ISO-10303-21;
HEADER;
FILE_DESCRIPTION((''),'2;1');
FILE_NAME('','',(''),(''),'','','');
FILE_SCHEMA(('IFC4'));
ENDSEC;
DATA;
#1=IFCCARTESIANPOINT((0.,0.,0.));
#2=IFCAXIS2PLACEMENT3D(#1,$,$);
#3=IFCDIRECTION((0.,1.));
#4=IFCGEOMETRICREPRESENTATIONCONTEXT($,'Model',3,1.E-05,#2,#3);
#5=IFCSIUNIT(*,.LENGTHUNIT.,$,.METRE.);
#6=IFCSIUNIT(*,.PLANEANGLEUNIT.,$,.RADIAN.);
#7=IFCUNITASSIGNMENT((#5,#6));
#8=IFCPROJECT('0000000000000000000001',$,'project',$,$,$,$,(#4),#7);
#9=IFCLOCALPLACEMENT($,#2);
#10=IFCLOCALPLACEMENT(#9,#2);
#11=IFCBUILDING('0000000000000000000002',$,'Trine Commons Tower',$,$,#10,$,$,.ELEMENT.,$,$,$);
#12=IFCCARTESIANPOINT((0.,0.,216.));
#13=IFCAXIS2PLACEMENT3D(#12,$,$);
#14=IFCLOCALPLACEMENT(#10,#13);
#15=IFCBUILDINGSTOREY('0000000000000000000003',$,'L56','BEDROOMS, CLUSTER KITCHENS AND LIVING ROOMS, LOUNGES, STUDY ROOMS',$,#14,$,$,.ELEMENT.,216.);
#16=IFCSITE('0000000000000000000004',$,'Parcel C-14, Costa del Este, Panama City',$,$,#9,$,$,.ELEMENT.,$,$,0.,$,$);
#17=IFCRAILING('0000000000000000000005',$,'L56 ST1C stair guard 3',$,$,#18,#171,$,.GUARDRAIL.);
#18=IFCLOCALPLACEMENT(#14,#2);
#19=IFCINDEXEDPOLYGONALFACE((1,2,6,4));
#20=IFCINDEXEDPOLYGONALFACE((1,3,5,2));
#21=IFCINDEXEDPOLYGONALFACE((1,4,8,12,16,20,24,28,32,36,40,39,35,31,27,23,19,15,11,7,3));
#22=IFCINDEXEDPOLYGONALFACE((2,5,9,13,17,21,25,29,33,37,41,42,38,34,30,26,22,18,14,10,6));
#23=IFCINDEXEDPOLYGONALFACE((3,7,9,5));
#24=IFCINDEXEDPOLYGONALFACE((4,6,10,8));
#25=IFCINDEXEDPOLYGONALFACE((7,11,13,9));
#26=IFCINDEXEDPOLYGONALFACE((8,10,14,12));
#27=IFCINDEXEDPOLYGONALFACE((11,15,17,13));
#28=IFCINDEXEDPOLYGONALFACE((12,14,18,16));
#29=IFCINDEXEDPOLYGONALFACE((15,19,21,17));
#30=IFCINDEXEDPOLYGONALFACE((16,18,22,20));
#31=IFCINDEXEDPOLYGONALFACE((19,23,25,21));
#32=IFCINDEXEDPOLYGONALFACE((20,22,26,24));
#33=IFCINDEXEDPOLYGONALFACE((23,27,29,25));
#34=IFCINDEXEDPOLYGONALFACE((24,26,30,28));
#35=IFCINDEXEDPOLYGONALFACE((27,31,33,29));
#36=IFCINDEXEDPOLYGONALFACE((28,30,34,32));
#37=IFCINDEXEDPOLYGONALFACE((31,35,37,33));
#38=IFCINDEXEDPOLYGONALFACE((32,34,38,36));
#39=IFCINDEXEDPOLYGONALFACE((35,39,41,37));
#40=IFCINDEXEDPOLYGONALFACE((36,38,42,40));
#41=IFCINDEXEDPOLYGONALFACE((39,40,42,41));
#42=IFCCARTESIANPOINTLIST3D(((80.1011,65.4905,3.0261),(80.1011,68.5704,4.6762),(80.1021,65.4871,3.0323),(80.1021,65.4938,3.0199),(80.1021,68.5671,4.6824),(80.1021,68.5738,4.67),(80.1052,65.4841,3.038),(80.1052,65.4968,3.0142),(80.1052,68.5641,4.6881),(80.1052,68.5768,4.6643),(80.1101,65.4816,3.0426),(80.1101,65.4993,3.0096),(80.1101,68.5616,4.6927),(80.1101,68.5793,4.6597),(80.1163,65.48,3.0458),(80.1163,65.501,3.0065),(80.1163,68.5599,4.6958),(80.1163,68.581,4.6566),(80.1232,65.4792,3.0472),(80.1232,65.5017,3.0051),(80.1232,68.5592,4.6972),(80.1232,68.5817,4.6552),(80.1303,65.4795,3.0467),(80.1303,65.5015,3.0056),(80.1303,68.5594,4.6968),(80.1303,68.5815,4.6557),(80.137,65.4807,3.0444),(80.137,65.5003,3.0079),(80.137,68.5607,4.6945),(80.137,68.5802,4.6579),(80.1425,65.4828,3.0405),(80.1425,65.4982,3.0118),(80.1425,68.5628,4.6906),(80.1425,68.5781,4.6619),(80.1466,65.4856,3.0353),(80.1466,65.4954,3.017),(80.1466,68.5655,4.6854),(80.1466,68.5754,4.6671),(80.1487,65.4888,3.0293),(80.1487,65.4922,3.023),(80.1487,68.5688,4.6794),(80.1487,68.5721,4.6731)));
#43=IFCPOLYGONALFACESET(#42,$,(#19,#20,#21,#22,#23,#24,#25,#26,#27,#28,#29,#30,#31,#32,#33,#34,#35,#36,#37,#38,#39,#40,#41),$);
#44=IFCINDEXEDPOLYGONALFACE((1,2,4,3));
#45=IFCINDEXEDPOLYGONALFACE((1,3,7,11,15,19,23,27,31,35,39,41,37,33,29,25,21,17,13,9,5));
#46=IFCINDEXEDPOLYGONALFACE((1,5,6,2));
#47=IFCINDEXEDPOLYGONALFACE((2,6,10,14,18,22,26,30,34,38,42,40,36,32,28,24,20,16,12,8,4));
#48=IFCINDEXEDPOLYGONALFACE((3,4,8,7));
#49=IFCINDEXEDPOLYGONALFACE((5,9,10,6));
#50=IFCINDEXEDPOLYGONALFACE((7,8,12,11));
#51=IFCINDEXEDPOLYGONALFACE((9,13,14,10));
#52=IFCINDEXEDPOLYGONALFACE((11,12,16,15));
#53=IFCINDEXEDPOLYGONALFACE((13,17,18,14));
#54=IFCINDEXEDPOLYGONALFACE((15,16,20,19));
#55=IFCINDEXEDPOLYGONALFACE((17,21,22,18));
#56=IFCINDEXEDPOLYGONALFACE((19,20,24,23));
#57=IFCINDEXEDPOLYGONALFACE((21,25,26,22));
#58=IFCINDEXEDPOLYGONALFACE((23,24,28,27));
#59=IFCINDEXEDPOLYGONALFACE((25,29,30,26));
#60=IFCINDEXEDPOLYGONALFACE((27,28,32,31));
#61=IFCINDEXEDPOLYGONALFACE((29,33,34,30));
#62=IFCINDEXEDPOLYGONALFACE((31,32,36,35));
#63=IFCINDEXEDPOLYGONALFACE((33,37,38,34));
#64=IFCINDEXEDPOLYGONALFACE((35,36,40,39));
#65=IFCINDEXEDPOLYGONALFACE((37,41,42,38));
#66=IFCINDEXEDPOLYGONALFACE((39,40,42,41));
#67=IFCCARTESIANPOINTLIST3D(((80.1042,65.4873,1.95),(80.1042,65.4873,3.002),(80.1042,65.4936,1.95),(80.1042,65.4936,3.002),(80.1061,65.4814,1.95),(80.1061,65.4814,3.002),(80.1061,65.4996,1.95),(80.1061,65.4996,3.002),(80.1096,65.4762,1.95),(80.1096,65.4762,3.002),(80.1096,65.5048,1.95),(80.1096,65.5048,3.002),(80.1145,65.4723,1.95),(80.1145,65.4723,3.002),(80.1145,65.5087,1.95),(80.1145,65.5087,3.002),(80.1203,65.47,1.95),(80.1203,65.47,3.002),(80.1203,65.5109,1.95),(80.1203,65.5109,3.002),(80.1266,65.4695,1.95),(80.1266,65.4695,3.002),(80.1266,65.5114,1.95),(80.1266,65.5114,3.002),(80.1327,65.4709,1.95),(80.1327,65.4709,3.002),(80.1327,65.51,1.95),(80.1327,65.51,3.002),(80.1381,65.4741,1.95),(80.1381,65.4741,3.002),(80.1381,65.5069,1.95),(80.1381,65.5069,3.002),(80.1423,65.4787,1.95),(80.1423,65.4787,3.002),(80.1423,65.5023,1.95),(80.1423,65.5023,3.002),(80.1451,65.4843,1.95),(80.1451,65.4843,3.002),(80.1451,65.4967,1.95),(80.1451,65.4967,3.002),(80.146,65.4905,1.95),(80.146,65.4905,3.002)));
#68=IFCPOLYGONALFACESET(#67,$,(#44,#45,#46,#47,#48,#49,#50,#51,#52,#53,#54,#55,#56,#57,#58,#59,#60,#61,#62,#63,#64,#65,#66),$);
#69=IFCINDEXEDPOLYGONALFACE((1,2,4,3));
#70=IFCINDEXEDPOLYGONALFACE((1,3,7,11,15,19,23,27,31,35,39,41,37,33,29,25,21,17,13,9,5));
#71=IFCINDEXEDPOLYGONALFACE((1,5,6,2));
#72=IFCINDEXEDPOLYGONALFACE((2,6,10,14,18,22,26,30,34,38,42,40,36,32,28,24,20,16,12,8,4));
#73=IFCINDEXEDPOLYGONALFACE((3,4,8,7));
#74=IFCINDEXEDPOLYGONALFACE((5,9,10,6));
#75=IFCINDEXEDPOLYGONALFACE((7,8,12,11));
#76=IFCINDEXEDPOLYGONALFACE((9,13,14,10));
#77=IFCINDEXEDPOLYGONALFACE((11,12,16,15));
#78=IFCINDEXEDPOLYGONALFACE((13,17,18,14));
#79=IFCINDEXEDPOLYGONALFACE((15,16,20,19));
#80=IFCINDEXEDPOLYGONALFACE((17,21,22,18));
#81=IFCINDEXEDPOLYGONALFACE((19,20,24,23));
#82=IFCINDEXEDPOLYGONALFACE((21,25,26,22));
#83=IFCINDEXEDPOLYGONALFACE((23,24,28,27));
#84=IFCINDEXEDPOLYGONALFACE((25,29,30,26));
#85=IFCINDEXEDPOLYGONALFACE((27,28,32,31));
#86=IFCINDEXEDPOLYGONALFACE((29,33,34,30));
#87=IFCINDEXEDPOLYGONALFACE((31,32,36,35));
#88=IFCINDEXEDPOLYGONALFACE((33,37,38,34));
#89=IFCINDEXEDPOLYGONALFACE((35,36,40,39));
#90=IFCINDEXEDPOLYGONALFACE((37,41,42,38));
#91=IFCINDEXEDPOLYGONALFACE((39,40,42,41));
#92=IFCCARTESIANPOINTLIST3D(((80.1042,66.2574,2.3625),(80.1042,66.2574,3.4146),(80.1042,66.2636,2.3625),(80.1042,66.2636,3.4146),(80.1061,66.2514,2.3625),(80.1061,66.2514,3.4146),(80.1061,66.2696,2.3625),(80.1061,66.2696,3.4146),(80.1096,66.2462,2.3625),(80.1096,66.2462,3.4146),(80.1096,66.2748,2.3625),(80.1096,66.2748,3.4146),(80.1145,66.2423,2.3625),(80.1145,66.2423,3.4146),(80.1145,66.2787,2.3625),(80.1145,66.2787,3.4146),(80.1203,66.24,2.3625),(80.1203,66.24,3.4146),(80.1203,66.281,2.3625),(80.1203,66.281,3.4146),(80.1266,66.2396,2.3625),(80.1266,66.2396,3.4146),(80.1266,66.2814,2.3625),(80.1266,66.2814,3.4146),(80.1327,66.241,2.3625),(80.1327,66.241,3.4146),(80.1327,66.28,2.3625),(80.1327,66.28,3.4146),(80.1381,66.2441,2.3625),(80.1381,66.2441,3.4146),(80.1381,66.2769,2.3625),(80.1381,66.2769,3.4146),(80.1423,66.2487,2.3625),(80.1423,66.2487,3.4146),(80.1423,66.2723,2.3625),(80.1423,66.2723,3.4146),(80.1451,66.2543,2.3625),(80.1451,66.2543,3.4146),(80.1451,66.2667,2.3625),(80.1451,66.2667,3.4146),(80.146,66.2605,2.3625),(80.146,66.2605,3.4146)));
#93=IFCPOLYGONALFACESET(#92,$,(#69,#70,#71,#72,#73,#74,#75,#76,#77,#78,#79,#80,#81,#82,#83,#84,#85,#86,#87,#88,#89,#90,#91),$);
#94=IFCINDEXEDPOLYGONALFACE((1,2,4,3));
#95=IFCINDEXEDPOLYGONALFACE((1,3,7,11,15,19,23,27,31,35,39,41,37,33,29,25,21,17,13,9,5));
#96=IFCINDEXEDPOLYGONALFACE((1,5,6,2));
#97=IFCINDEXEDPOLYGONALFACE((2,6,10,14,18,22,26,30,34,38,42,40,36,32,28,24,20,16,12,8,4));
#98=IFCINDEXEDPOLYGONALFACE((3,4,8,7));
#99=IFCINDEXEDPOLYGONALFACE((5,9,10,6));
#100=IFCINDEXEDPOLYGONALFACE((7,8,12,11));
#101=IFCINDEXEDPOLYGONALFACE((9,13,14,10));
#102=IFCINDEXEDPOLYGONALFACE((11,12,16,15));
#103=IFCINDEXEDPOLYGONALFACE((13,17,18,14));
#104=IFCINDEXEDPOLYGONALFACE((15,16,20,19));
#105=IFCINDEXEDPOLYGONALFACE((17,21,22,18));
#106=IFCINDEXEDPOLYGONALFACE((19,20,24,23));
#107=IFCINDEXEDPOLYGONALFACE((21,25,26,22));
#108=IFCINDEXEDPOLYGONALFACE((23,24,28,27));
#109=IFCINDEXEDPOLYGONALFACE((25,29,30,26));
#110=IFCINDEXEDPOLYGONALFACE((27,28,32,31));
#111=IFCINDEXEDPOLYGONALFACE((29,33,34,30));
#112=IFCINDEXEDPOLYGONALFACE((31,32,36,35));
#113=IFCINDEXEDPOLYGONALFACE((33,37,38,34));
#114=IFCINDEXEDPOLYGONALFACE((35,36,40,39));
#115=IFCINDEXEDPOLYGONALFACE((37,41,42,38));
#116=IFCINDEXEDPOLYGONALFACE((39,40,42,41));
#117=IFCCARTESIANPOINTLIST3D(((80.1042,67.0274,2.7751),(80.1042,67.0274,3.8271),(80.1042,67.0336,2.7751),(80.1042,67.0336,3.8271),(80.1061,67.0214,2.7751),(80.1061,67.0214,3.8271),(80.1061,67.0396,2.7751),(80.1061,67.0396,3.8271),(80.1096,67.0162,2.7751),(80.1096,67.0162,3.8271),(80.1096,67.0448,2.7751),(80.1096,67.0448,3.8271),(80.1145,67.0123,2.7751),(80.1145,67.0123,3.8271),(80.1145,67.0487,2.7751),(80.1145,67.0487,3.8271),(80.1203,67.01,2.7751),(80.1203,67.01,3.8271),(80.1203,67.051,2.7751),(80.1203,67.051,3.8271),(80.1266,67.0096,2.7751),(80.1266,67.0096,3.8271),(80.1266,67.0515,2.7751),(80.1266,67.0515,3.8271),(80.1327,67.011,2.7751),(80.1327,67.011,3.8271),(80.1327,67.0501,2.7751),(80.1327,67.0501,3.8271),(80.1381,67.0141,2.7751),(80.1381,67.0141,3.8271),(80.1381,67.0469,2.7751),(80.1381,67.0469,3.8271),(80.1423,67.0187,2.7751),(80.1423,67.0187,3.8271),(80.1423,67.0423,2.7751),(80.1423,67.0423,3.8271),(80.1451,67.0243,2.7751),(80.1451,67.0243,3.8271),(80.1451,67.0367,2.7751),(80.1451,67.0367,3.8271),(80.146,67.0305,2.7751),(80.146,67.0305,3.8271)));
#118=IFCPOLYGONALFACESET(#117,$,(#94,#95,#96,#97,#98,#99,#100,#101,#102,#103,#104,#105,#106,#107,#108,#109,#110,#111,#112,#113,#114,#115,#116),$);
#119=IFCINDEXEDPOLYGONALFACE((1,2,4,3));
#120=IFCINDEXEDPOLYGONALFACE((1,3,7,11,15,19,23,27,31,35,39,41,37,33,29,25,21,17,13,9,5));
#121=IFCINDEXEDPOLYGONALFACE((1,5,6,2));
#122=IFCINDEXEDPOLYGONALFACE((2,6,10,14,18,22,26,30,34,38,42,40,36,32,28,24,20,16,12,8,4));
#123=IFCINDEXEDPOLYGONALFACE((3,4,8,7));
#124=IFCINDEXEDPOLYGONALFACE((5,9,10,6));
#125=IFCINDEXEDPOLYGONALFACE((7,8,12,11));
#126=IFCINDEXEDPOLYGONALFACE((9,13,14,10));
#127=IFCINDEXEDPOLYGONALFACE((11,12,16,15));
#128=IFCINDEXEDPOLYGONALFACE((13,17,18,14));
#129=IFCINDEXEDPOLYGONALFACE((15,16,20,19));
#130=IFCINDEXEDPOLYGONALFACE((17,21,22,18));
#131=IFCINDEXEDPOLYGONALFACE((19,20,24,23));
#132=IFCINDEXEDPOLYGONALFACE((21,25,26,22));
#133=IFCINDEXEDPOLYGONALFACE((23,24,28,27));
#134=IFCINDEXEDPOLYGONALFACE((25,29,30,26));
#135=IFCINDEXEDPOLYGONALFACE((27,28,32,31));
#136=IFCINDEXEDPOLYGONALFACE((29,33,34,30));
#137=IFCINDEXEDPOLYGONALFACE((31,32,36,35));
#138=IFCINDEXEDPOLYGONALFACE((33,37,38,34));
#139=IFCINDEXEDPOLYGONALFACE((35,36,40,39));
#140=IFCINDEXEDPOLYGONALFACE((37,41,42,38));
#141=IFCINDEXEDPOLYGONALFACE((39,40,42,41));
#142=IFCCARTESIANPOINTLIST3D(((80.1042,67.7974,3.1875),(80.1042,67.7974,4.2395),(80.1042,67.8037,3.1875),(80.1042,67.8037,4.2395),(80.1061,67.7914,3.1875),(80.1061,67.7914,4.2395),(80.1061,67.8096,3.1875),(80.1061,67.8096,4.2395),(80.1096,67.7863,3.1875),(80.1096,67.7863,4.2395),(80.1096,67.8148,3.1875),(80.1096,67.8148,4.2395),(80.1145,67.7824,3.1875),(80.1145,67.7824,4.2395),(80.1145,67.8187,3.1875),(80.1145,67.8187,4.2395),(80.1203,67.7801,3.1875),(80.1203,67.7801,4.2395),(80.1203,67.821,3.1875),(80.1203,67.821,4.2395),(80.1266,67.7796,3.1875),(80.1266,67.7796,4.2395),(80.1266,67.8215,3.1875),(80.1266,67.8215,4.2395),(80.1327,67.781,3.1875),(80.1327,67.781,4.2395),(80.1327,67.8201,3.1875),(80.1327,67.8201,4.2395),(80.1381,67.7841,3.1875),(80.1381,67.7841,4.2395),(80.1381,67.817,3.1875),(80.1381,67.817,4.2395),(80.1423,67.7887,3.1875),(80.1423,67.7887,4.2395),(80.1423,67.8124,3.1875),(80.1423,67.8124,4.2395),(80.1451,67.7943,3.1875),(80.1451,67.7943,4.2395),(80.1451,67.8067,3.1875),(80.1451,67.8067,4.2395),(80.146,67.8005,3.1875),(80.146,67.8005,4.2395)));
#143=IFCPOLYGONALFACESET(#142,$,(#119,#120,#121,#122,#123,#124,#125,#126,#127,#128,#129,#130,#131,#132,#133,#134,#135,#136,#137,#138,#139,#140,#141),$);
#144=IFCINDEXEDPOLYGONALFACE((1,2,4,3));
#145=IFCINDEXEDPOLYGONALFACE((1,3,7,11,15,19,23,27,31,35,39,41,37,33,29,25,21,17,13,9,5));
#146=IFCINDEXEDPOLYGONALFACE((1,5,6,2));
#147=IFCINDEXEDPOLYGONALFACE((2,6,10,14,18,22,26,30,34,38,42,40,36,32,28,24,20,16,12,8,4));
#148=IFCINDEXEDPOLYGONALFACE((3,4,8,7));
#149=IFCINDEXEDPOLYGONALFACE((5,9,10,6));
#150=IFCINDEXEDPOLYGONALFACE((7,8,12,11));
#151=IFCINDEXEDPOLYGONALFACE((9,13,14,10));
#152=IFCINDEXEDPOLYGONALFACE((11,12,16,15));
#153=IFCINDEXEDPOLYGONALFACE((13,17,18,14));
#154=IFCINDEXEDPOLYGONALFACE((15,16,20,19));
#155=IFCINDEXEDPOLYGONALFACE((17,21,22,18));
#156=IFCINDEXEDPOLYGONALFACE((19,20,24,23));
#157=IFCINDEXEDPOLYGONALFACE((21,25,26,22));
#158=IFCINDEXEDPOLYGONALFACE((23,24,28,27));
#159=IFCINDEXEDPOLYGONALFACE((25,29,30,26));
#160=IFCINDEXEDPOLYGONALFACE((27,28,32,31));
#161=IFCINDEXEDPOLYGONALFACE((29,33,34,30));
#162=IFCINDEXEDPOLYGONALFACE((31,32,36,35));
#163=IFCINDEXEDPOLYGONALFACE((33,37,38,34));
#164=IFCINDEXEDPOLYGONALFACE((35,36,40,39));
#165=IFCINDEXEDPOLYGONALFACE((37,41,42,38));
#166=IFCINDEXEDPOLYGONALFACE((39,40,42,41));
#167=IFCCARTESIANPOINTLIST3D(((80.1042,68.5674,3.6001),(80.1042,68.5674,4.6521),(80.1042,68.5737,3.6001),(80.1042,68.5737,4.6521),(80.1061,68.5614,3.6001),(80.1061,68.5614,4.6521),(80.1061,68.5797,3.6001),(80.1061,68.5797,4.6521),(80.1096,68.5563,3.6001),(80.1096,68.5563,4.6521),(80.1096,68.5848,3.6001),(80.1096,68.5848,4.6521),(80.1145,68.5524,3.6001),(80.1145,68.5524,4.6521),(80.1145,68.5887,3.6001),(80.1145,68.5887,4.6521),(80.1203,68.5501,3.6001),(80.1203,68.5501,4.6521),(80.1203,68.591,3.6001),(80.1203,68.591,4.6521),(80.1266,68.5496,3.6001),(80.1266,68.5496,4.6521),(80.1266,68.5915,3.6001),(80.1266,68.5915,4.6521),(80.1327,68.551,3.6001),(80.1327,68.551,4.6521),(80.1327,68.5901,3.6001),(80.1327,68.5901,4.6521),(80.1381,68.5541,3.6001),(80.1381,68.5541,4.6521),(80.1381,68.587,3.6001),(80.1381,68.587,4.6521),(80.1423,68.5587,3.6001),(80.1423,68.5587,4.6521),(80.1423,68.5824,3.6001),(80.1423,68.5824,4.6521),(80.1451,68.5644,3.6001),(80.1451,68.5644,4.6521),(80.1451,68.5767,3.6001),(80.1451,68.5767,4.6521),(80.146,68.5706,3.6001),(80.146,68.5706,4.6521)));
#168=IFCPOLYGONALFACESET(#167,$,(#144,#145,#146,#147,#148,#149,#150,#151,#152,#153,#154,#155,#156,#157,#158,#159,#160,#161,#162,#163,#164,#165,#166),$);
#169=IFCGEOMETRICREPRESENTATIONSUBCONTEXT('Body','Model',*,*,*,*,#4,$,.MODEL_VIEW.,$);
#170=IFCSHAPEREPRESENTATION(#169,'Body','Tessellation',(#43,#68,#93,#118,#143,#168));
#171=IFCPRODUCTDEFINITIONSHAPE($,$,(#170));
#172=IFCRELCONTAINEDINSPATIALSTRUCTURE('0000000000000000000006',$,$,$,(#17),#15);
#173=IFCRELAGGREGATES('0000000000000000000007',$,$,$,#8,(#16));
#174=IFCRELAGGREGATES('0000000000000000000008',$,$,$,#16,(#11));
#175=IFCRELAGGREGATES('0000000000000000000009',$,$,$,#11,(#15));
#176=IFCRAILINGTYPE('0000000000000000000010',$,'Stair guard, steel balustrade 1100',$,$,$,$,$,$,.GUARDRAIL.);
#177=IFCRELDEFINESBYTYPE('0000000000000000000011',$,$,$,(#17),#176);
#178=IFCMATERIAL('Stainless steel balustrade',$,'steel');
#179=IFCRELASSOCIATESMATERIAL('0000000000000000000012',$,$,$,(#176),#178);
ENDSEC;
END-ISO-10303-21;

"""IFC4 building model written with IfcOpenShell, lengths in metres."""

from ifc_helpers import new_model, si_unit, direction, frame, origin, origin_2d, place, context, subcontext, project, spatial, circle, extrude, material, type_object, element, save


model = new_model("IFC4")

# Units and contexts
model_context = context("Model", 3, precision=1e-05, world=origin(), true_north=direction((0.0, 1.0)))
body_context = subcontext(model_context, "Body", "Model", "MODEL_VIEW")
ifc_project = project(units=[si_unit("LENGTHUNIT", "METRE"), si_unit("PLANEANGLEUNIT", "RADIAN")], contexts=[model_context])

# Site, building, storey
site_placement = place(None, origin())
site = spatial("IfcSite", under=ifc_project, at=site_placement, Name="Parcel C-14, Costa del Este, Panama City", CompositionType="ELEMENT", RefElevation=0.0)
building_placement = place(site_placement, origin())
building = spatial("IfcBuilding", under=site, at=building_placement, Name="Trine Commons Tower", CompositionType="ELEMENT")
storey_placement = place(building_placement, frame((0.0, 0.0, 216.0)))
storey = spatial("IfcBuildingStorey", under=building, at=storey_placement, Name="L56", Description="BEDROOMS, CLUSTER KITCHENS AND LIVING ROOMS, LOUNGES, STUDY ROOMS", CompositionType="ELEMENT", Elevation=216.0)

# Railing
ifc_material_1 = material(Name="Stainless steel balustrade", Category="steel")
railing_type_1 = type_object("IfcRailingType", Name="Stair guard, steel balustrade 1100", PredefinedType="GUARDRAIL", material=ifc_material_1)
railing_1_placement = place(storey_placement, frame((80.125, 65.4905, 1.95)))
element("IfcRailing", 1, at=railing_1_placement, inside=storey, type_object=railing_type_1, Name="L56 ST1C stair guard 3", PredefinedType="GUARDRAIL", context=body_context, shape_type="SweptSolid", body=[
    extrude(circle(Radius=0.0239, at=origin_2d()), frame((0.0, 0.0, 1.0762), z_axis=(0.0, 0.881468, 0.472245), x_axis=(-1.0, 0.0, 0.0)), (0.0, 0.0, 1.0), 3.4941),
    extrude(circle(Radius=0.021, at=origin_2d()), origin(), (0.0, 0.0, 1.0), 1.052),
    extrude(circle(Radius=0.021, at=origin_2d()), frame((0.0, 0.77, 0.4126)), (0.0, 0.0, 1.0), 1.052),
    extrude(circle(Radius=0.021, at=origin_2d()), frame((0.0, 1.54, 0.8252)), (0.0, 0.0, 1.0), 1.052),
    extrude(circle(Radius=0.021, at=origin_2d()), frame((0.0, 2.3101, 1.2375)), (0.0, 0.0, 1.0), 1.052),
    extrude(circle(Radius=0.021, at=origin_2d()), frame((0.0, 3.0801, 1.6501)), (0.0, 0.0, 1.0), 1.052),
])

save(model, "model.ifc")
